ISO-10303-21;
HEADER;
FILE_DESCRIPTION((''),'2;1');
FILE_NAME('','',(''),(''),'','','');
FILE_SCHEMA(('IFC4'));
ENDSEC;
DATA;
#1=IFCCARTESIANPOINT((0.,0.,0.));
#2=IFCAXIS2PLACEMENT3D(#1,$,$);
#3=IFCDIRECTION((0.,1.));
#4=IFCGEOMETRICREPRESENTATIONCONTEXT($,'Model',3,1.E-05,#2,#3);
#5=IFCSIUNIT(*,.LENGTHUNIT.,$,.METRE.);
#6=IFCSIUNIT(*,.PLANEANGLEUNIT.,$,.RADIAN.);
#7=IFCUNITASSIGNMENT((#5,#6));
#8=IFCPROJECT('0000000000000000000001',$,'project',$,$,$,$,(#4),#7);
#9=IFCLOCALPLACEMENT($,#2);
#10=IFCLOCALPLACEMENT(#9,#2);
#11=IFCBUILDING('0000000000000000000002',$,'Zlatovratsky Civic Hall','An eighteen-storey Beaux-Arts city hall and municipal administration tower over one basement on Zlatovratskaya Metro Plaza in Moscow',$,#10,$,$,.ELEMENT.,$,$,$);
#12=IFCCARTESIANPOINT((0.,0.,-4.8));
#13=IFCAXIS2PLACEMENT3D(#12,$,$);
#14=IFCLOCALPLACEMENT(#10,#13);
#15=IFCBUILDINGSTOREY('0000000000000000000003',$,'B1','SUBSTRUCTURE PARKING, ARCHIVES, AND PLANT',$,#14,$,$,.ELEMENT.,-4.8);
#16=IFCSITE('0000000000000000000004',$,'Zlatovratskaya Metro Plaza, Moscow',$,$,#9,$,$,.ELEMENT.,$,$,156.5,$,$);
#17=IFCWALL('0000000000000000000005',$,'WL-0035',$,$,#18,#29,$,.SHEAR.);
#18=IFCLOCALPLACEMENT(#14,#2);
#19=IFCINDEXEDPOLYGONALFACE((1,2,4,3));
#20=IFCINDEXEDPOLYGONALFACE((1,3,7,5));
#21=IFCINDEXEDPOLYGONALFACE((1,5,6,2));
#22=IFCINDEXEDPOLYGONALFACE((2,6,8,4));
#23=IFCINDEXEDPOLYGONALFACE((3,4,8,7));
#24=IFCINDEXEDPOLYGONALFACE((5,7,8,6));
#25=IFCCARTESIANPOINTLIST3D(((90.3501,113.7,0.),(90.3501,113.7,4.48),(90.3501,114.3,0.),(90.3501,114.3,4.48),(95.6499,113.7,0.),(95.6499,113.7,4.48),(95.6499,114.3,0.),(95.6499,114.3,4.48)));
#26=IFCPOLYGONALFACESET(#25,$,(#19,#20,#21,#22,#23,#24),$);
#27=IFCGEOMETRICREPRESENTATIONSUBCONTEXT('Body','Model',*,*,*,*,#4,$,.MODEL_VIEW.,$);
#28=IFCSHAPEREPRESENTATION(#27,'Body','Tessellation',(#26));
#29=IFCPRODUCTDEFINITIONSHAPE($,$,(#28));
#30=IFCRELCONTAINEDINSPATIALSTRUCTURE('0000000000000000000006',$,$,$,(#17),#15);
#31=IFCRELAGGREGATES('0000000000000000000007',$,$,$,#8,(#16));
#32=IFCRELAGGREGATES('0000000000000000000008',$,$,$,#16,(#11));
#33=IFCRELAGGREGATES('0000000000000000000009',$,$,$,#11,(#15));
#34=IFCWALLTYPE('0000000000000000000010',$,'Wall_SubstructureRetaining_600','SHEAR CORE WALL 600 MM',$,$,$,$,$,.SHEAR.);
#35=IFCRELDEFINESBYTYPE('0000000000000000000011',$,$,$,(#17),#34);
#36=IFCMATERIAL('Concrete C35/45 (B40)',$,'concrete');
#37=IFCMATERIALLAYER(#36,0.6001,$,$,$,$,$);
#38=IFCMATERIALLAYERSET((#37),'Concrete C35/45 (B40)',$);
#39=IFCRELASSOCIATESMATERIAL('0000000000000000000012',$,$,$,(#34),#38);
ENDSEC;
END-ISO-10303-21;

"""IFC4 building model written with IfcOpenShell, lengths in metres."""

from ifc_helpers import new_model, si_unit, direction, frame, frame_2d, origin, place, context, subcontext, project, spatial, rectangle, extrude, material, layer, layer_set, type_object, element, save


model = new_model("IFC4")

# Units and contexts
model_context = context("Model", 3, precision=1e-05, world=origin(), true_north=direction((0.0, 1.0)))
body_context = subcontext(model_context, "Body", "Model", "MODEL_VIEW")
ifc_project = project(units=[si_unit("LENGTHUNIT", "METRE"), si_unit("PLANEANGLEUNIT", "RADIAN")], contexts=[model_context])

# Site, building, storey
site_placement = place(None, origin())
site = spatial("IfcSite", under=ifc_project, at=site_placement, Name="Zlatovratskaya Metro Plaza, Moscow", CompositionType="ELEMENT", RefElevation=156.5)
building_placement = place(site_placement, origin())
building = spatial("IfcBuilding", under=site, at=building_placement, Name="Zlatovratsky Civic Hall", Description="An eighteen-storey Beaux-Arts city hall and municipal administration tower over one basement on Zlatovratskaya Metro Plaza in Moscow", CompositionType="ELEMENT")
storey_placement = place(building_placement, frame((0.0, 0.0, -4.8)))
storey = spatial("IfcBuildingStorey", under=building, at=storey_placement, Name="B1", Description="SUBSTRUCTURE PARKING, ARCHIVES, AND PLANT", CompositionType="ELEMENT", Elevation=-4.8)

# Shared definitions
ifc_material_1 = material(Name="Concrete C35/45 (B40)", Category="concrete")

# Wall
ifc_layer = layer(ifc_material_1, 0.6001)
ifc_layer_set = layer_set([ifc_layer], Name="Concrete C35/45 (B40)")
wall_type = type_object("IfcWallType", Name="Wall_SubstructureRetaining_600", Description="SHEAR CORE WALL 600 MM", PredefinedType="SHEAR", material=ifc_layer_set)
wall_placement = place(storey_placement, frame((90.3501, 114.0, 0.0), z_axis=(0.0, 0.0, 1.0), x_axis=(1.0, 0.0, 0.0)))
element("IfcWall", 1, at=wall_placement, inside=storey, type_object=wall_type, Name="WL-0035", PredefinedType="SHEAR", context=body_context, shape_type="SweptSolid", body=[
    extrude(rectangle(XDim=5.2998, YDim=0.6001, at=frame_2d((2.6499, 0.0))), origin(), (0.0, 0.0, 1.0), 4.48),
])

save(model, "model.ifc")
